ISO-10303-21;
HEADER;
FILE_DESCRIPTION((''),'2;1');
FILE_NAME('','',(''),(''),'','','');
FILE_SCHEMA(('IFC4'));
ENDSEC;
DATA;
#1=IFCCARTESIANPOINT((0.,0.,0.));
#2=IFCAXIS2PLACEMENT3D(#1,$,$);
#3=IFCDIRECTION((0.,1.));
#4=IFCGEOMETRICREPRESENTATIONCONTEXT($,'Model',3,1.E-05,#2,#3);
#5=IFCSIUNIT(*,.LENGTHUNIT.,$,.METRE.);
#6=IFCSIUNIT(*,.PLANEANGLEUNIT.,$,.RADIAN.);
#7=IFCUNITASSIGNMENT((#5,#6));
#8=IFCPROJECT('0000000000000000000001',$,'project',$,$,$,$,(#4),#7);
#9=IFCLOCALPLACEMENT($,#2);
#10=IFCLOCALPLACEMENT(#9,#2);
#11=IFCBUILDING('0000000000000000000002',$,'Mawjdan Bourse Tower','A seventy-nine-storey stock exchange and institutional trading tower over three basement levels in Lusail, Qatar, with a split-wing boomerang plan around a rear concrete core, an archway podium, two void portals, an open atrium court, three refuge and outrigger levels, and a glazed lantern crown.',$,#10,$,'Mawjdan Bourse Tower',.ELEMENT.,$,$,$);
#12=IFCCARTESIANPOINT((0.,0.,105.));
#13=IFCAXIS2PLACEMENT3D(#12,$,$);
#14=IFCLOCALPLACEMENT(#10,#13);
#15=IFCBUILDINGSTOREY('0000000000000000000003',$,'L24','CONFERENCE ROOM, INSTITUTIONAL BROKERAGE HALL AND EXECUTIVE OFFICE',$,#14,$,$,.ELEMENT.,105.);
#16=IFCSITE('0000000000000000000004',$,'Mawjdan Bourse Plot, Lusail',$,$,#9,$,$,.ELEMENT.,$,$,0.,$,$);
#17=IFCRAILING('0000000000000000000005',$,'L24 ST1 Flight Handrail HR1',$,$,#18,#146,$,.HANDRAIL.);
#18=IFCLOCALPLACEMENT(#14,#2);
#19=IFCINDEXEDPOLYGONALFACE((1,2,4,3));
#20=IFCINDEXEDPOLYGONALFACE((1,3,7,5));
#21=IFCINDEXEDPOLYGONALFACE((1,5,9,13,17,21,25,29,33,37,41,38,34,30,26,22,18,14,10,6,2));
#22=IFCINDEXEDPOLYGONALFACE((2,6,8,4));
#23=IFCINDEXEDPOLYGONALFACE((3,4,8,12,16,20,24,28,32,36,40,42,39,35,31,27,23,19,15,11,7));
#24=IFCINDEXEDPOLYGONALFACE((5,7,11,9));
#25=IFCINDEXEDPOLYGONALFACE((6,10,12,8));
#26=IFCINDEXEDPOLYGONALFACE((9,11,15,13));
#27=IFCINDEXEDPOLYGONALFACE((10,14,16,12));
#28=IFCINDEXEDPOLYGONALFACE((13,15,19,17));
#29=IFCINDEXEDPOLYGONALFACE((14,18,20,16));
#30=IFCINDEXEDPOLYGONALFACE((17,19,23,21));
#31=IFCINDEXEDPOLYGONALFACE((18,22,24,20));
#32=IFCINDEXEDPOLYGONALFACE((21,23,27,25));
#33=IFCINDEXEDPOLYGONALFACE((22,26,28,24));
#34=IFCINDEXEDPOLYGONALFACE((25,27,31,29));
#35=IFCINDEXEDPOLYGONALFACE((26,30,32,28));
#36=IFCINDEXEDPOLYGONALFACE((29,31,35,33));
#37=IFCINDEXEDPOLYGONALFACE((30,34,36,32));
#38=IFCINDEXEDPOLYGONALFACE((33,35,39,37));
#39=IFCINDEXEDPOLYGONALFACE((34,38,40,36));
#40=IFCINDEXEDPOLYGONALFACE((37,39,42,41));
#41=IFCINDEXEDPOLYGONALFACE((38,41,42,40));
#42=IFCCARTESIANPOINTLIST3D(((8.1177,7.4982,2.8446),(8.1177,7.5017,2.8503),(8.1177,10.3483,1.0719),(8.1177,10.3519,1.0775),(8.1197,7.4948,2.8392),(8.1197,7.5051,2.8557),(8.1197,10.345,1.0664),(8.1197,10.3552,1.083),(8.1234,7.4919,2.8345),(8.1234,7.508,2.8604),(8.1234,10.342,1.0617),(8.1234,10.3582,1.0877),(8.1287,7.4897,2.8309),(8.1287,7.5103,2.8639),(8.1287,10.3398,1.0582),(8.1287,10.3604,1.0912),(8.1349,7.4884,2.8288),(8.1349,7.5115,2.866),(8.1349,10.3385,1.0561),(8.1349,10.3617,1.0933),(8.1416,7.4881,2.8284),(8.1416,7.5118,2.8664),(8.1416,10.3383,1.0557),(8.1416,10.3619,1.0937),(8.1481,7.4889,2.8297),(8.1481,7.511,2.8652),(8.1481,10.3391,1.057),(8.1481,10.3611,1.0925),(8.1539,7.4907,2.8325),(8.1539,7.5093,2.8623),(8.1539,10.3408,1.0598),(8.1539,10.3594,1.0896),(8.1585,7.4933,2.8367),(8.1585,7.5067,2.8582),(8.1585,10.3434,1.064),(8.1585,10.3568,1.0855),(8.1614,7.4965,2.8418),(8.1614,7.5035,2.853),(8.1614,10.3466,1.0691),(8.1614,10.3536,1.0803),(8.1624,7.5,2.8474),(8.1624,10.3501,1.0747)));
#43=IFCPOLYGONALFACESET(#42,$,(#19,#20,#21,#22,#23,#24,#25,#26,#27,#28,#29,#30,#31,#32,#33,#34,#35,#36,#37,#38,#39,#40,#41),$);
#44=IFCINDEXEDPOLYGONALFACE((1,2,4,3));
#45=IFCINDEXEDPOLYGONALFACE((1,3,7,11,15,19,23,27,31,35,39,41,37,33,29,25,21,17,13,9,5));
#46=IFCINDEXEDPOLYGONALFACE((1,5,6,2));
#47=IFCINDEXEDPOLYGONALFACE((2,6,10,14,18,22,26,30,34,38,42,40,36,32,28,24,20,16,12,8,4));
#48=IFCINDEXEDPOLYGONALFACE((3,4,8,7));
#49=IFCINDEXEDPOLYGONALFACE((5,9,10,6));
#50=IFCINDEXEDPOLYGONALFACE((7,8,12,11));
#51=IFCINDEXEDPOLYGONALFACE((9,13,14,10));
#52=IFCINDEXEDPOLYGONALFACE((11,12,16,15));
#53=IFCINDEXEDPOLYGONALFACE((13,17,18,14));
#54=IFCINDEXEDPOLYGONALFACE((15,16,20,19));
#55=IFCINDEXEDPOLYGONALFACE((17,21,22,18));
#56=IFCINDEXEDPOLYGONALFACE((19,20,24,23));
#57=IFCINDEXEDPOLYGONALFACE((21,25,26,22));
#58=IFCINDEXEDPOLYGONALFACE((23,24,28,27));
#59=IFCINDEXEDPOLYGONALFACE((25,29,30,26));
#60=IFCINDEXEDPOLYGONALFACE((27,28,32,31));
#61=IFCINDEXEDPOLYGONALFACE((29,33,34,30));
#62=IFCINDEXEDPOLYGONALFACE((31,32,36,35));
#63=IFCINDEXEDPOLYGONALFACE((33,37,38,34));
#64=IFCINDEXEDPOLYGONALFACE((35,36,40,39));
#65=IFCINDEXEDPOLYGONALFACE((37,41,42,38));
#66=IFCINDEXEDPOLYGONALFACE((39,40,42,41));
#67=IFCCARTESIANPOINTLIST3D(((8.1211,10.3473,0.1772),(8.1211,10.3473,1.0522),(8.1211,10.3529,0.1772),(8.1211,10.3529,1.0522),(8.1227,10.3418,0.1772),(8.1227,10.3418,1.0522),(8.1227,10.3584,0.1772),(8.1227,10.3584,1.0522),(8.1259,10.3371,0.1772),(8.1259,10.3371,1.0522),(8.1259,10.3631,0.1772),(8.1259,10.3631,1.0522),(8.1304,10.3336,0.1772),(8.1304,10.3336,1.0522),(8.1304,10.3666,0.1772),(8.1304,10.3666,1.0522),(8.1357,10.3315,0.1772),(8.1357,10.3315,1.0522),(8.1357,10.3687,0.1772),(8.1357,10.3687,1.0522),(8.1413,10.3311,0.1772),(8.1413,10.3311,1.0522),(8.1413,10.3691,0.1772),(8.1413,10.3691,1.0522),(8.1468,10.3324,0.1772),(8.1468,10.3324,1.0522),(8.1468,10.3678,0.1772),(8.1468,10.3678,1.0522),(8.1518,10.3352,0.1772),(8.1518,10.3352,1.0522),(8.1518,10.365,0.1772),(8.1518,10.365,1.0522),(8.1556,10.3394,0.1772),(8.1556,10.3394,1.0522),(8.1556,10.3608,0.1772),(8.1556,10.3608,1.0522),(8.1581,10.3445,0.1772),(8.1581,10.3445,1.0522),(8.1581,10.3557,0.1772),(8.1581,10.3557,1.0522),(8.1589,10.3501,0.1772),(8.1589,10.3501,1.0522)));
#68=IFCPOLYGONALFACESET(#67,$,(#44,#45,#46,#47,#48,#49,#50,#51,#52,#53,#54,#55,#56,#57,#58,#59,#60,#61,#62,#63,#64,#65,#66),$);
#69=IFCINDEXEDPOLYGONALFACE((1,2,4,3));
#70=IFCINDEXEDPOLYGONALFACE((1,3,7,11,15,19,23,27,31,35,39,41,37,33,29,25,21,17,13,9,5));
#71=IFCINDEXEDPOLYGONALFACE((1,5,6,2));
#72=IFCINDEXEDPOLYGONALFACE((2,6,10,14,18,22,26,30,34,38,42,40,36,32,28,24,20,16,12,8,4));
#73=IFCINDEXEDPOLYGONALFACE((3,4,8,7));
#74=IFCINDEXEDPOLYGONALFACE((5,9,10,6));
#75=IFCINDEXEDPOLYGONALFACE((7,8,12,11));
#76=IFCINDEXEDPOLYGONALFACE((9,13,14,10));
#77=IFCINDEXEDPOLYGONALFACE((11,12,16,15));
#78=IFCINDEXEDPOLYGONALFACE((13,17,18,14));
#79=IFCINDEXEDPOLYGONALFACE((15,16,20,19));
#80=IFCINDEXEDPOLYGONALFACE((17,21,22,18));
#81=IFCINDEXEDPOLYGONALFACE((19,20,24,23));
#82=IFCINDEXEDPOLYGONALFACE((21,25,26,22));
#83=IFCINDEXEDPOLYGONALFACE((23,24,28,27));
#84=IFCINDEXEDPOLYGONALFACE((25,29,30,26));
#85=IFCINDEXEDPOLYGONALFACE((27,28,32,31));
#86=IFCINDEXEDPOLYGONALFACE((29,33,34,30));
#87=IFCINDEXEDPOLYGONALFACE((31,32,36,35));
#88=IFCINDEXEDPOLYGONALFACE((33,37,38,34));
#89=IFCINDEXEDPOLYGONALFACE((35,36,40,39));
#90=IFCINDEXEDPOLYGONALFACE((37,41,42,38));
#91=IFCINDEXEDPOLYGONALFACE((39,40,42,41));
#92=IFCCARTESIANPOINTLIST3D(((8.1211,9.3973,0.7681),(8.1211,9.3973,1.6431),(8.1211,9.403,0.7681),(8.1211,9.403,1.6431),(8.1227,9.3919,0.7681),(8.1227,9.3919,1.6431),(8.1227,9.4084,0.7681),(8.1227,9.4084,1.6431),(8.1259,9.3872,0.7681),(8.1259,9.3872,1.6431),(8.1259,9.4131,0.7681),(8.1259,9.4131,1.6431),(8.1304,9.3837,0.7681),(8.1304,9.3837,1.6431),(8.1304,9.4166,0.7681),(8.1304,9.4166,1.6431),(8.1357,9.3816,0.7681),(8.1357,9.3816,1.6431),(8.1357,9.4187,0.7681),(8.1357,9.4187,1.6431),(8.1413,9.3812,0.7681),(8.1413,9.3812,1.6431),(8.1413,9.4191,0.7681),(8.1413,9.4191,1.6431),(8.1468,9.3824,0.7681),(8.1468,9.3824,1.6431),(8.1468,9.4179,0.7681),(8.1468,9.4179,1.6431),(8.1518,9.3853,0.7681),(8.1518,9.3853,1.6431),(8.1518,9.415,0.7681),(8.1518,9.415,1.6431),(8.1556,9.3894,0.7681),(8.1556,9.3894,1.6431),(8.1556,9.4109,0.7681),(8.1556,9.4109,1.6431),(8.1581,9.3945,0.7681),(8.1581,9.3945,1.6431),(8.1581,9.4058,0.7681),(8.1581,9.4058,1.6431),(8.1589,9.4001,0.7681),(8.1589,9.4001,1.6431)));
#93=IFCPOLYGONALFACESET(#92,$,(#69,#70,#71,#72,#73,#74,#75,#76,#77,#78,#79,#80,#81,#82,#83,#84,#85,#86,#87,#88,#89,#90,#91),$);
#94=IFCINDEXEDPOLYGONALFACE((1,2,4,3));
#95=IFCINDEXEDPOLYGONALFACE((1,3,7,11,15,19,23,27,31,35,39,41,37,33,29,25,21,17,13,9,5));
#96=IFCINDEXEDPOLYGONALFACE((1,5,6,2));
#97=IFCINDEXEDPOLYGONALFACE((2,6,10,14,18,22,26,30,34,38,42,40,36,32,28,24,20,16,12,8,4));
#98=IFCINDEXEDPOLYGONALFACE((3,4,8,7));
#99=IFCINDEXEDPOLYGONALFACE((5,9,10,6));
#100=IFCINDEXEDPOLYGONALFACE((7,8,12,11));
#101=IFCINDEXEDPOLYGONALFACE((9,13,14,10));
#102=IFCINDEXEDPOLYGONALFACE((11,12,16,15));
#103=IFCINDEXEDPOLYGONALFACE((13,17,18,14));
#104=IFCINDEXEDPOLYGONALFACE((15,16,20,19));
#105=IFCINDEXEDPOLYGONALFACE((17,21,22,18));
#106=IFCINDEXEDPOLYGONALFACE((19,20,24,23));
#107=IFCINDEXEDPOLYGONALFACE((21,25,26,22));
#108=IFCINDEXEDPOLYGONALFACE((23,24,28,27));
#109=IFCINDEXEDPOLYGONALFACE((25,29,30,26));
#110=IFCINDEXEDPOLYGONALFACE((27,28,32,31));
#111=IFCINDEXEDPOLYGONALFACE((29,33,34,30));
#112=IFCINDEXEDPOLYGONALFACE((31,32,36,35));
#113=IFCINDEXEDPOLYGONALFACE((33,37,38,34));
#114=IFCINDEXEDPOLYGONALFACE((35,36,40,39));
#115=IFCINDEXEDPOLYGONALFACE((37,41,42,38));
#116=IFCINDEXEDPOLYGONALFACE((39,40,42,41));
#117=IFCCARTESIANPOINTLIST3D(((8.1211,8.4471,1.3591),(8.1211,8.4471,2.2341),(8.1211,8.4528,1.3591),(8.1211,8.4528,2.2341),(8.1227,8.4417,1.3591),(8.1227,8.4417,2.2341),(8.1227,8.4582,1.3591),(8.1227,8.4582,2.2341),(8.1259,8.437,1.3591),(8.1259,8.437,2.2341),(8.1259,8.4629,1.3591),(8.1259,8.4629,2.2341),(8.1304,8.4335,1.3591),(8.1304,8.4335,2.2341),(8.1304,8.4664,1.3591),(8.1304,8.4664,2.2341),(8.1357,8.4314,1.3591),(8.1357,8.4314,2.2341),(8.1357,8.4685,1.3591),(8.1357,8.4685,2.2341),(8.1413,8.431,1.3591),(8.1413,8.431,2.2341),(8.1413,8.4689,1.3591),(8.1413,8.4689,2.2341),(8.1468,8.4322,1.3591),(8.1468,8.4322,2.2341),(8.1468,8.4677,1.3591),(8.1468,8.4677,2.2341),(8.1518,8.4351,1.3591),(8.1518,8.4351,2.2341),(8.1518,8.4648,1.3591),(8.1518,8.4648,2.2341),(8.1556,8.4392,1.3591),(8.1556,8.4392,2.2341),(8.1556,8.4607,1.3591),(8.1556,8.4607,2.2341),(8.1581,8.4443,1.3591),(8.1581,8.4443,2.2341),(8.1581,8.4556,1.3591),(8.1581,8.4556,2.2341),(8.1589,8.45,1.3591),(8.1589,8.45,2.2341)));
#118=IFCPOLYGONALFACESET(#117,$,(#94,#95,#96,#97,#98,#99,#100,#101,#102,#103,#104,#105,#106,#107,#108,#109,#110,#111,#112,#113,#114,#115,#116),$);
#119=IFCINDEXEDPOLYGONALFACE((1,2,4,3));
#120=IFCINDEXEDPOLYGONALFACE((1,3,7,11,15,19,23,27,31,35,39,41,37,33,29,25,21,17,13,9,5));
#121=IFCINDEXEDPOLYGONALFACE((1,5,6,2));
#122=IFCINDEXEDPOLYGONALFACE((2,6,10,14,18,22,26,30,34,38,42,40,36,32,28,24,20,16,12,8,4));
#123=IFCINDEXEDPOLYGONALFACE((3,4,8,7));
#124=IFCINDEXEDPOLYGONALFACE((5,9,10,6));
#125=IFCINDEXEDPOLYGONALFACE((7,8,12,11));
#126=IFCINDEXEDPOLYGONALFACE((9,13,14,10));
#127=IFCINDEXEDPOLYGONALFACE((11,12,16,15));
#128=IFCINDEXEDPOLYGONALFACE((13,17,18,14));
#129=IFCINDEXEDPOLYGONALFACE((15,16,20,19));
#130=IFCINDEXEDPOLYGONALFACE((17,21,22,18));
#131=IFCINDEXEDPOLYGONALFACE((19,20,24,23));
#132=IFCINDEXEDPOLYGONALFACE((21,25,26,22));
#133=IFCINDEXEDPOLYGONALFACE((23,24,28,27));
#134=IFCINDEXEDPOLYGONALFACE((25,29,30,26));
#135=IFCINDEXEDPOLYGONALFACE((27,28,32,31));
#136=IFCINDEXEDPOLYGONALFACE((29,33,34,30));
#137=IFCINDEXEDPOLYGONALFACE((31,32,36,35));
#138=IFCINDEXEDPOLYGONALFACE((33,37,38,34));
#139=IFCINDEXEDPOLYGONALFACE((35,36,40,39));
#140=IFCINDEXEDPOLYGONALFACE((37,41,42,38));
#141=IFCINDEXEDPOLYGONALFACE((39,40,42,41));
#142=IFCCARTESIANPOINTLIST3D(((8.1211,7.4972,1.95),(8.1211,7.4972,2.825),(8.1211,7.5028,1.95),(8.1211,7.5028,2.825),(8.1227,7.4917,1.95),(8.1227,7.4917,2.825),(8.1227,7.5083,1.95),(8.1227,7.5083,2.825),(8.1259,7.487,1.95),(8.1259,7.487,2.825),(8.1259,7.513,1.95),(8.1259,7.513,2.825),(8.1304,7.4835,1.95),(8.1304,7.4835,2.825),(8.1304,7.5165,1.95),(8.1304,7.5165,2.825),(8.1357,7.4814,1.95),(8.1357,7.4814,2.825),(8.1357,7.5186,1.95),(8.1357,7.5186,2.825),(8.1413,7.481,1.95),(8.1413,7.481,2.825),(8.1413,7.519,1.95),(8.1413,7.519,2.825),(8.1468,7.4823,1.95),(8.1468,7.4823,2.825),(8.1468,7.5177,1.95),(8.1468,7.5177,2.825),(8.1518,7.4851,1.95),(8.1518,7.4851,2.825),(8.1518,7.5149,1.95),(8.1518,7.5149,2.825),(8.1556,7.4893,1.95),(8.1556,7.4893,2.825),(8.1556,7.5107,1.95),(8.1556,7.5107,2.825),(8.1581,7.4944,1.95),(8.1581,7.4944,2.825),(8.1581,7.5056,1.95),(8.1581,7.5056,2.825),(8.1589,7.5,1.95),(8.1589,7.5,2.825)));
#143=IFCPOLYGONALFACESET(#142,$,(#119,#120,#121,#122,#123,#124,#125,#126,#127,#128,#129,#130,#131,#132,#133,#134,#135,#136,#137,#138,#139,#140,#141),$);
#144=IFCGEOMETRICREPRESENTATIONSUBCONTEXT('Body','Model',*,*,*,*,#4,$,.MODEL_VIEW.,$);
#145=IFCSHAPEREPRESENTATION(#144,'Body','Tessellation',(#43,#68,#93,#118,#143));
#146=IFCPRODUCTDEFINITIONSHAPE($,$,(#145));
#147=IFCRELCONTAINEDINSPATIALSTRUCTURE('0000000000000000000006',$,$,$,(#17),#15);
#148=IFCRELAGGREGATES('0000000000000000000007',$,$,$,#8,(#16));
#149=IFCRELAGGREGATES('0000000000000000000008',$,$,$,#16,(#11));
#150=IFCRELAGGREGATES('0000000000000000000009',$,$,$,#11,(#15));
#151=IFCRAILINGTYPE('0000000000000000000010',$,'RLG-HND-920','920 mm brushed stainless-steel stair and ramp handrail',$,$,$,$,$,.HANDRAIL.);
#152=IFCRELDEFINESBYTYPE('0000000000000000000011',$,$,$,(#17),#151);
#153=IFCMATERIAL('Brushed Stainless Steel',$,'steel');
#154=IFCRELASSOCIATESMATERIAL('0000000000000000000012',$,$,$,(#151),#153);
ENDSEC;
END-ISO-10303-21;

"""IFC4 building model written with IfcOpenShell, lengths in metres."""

from ifc_helpers import new_model, si_unit, direction, frame, origin, origin_2d, place, context, subcontext, project, spatial, circle, extrude, material, type_object, element, save


model = new_model("IFC4")

# Units and contexts
model_context = context("Model", 3, precision=1e-05, world=origin(), true_north=direction((0.0, 1.0)))
body_context = subcontext(model_context, "Body", "Model", "MODEL_VIEW")
ifc_project = project(units=[si_unit("LENGTHUNIT", "METRE"), si_unit("PLANEANGLEUNIT", "RADIAN")], contexts=[model_context])

# Site, building, storey
site_placement = place(None, origin())
site = spatial("IfcSite", under=ifc_project, at=site_placement, Name="Mawjdan Bourse Plot, Lusail", CompositionType="ELEMENT", RefElevation=0.0)
building_placement = place(site_placement, origin())
building = spatial("IfcBuilding", under=site, at=building_placement, Name="Mawjdan Bourse Tower", Description="A seventy-nine-storey stock exchange and institutional trading tower over three basement levels in Lusail, Qatar, with a split-wing boomerang plan around a rear concrete core, an archway podium, two void portals, an open atrium court, three refuge and outrigger levels, and a glazed lantern crown.", LongName="Mawjdan Bourse Tower", CompositionType="ELEMENT")
storey_placement = place(building_placement, frame((0.0, 0.0, 105.0)))
storey = spatial("IfcBuildingStorey", under=building, at=storey_placement, Name="L24", Description="CONFERENCE ROOM, INSTITUTIONAL BROKERAGE HALL AND EXECUTIVE OFFICE", CompositionType="ELEMENT", Elevation=105.0)

# Shared definitions
ifc_material_1 = material(Name="Brushed Stainless Steel", Category="steel")

# Railing
railing_type_1 = type_object("IfcRailingType", Name="RLG-HND-920", Description="920 mm brushed stainless-steel stair and ramp handrail", PredefinedType="HANDRAIL", material=ifc_material_1)
for number, where, name in (
    (1, (8.1399, 10.3501, 0.1772), "L24 ST1 Flight Handrail HR1"),
):
    element("IfcRailing", number, at=place(storey_placement, frame(where)), inside=storey, type_object=railing_type_1, Name=name, PredefinedType="HANDRAIL", context=body_context, shape_type="SweptSolid", body=[
        extrude(circle(Radius=0.0225, at=origin_2d()), frame((0.0, 0.0, 0.8975), z_axis=(0.0, -0.849149, 0.528154), x_axis=(1.0, 0.0, 0.0)), (0.0, 0.0, 1.0), 3.3564),
        extrude(circle(Radius=0.019, at=origin_2d()), origin(), (0.0, 0.0, 1.0), 0.875),
        extrude(circle(Radius=0.019, at=origin_2d()), frame((0.0, -0.95, 0.5908)), (0.0, 0.0, 1.0), 0.875),
        extrude(circle(Radius=0.019, at=origin_2d()), frame((0.0, -1.9001, 1.1819)), (0.0, 0.0, 1.0), 0.875),
        extrude(circle(Radius=0.019, at=origin_2d()), frame((0.0, -2.8501, 1.7727)), (0.0, 0.0, 1.0), 0.875),
    ])

save(model, "model.ifc")
